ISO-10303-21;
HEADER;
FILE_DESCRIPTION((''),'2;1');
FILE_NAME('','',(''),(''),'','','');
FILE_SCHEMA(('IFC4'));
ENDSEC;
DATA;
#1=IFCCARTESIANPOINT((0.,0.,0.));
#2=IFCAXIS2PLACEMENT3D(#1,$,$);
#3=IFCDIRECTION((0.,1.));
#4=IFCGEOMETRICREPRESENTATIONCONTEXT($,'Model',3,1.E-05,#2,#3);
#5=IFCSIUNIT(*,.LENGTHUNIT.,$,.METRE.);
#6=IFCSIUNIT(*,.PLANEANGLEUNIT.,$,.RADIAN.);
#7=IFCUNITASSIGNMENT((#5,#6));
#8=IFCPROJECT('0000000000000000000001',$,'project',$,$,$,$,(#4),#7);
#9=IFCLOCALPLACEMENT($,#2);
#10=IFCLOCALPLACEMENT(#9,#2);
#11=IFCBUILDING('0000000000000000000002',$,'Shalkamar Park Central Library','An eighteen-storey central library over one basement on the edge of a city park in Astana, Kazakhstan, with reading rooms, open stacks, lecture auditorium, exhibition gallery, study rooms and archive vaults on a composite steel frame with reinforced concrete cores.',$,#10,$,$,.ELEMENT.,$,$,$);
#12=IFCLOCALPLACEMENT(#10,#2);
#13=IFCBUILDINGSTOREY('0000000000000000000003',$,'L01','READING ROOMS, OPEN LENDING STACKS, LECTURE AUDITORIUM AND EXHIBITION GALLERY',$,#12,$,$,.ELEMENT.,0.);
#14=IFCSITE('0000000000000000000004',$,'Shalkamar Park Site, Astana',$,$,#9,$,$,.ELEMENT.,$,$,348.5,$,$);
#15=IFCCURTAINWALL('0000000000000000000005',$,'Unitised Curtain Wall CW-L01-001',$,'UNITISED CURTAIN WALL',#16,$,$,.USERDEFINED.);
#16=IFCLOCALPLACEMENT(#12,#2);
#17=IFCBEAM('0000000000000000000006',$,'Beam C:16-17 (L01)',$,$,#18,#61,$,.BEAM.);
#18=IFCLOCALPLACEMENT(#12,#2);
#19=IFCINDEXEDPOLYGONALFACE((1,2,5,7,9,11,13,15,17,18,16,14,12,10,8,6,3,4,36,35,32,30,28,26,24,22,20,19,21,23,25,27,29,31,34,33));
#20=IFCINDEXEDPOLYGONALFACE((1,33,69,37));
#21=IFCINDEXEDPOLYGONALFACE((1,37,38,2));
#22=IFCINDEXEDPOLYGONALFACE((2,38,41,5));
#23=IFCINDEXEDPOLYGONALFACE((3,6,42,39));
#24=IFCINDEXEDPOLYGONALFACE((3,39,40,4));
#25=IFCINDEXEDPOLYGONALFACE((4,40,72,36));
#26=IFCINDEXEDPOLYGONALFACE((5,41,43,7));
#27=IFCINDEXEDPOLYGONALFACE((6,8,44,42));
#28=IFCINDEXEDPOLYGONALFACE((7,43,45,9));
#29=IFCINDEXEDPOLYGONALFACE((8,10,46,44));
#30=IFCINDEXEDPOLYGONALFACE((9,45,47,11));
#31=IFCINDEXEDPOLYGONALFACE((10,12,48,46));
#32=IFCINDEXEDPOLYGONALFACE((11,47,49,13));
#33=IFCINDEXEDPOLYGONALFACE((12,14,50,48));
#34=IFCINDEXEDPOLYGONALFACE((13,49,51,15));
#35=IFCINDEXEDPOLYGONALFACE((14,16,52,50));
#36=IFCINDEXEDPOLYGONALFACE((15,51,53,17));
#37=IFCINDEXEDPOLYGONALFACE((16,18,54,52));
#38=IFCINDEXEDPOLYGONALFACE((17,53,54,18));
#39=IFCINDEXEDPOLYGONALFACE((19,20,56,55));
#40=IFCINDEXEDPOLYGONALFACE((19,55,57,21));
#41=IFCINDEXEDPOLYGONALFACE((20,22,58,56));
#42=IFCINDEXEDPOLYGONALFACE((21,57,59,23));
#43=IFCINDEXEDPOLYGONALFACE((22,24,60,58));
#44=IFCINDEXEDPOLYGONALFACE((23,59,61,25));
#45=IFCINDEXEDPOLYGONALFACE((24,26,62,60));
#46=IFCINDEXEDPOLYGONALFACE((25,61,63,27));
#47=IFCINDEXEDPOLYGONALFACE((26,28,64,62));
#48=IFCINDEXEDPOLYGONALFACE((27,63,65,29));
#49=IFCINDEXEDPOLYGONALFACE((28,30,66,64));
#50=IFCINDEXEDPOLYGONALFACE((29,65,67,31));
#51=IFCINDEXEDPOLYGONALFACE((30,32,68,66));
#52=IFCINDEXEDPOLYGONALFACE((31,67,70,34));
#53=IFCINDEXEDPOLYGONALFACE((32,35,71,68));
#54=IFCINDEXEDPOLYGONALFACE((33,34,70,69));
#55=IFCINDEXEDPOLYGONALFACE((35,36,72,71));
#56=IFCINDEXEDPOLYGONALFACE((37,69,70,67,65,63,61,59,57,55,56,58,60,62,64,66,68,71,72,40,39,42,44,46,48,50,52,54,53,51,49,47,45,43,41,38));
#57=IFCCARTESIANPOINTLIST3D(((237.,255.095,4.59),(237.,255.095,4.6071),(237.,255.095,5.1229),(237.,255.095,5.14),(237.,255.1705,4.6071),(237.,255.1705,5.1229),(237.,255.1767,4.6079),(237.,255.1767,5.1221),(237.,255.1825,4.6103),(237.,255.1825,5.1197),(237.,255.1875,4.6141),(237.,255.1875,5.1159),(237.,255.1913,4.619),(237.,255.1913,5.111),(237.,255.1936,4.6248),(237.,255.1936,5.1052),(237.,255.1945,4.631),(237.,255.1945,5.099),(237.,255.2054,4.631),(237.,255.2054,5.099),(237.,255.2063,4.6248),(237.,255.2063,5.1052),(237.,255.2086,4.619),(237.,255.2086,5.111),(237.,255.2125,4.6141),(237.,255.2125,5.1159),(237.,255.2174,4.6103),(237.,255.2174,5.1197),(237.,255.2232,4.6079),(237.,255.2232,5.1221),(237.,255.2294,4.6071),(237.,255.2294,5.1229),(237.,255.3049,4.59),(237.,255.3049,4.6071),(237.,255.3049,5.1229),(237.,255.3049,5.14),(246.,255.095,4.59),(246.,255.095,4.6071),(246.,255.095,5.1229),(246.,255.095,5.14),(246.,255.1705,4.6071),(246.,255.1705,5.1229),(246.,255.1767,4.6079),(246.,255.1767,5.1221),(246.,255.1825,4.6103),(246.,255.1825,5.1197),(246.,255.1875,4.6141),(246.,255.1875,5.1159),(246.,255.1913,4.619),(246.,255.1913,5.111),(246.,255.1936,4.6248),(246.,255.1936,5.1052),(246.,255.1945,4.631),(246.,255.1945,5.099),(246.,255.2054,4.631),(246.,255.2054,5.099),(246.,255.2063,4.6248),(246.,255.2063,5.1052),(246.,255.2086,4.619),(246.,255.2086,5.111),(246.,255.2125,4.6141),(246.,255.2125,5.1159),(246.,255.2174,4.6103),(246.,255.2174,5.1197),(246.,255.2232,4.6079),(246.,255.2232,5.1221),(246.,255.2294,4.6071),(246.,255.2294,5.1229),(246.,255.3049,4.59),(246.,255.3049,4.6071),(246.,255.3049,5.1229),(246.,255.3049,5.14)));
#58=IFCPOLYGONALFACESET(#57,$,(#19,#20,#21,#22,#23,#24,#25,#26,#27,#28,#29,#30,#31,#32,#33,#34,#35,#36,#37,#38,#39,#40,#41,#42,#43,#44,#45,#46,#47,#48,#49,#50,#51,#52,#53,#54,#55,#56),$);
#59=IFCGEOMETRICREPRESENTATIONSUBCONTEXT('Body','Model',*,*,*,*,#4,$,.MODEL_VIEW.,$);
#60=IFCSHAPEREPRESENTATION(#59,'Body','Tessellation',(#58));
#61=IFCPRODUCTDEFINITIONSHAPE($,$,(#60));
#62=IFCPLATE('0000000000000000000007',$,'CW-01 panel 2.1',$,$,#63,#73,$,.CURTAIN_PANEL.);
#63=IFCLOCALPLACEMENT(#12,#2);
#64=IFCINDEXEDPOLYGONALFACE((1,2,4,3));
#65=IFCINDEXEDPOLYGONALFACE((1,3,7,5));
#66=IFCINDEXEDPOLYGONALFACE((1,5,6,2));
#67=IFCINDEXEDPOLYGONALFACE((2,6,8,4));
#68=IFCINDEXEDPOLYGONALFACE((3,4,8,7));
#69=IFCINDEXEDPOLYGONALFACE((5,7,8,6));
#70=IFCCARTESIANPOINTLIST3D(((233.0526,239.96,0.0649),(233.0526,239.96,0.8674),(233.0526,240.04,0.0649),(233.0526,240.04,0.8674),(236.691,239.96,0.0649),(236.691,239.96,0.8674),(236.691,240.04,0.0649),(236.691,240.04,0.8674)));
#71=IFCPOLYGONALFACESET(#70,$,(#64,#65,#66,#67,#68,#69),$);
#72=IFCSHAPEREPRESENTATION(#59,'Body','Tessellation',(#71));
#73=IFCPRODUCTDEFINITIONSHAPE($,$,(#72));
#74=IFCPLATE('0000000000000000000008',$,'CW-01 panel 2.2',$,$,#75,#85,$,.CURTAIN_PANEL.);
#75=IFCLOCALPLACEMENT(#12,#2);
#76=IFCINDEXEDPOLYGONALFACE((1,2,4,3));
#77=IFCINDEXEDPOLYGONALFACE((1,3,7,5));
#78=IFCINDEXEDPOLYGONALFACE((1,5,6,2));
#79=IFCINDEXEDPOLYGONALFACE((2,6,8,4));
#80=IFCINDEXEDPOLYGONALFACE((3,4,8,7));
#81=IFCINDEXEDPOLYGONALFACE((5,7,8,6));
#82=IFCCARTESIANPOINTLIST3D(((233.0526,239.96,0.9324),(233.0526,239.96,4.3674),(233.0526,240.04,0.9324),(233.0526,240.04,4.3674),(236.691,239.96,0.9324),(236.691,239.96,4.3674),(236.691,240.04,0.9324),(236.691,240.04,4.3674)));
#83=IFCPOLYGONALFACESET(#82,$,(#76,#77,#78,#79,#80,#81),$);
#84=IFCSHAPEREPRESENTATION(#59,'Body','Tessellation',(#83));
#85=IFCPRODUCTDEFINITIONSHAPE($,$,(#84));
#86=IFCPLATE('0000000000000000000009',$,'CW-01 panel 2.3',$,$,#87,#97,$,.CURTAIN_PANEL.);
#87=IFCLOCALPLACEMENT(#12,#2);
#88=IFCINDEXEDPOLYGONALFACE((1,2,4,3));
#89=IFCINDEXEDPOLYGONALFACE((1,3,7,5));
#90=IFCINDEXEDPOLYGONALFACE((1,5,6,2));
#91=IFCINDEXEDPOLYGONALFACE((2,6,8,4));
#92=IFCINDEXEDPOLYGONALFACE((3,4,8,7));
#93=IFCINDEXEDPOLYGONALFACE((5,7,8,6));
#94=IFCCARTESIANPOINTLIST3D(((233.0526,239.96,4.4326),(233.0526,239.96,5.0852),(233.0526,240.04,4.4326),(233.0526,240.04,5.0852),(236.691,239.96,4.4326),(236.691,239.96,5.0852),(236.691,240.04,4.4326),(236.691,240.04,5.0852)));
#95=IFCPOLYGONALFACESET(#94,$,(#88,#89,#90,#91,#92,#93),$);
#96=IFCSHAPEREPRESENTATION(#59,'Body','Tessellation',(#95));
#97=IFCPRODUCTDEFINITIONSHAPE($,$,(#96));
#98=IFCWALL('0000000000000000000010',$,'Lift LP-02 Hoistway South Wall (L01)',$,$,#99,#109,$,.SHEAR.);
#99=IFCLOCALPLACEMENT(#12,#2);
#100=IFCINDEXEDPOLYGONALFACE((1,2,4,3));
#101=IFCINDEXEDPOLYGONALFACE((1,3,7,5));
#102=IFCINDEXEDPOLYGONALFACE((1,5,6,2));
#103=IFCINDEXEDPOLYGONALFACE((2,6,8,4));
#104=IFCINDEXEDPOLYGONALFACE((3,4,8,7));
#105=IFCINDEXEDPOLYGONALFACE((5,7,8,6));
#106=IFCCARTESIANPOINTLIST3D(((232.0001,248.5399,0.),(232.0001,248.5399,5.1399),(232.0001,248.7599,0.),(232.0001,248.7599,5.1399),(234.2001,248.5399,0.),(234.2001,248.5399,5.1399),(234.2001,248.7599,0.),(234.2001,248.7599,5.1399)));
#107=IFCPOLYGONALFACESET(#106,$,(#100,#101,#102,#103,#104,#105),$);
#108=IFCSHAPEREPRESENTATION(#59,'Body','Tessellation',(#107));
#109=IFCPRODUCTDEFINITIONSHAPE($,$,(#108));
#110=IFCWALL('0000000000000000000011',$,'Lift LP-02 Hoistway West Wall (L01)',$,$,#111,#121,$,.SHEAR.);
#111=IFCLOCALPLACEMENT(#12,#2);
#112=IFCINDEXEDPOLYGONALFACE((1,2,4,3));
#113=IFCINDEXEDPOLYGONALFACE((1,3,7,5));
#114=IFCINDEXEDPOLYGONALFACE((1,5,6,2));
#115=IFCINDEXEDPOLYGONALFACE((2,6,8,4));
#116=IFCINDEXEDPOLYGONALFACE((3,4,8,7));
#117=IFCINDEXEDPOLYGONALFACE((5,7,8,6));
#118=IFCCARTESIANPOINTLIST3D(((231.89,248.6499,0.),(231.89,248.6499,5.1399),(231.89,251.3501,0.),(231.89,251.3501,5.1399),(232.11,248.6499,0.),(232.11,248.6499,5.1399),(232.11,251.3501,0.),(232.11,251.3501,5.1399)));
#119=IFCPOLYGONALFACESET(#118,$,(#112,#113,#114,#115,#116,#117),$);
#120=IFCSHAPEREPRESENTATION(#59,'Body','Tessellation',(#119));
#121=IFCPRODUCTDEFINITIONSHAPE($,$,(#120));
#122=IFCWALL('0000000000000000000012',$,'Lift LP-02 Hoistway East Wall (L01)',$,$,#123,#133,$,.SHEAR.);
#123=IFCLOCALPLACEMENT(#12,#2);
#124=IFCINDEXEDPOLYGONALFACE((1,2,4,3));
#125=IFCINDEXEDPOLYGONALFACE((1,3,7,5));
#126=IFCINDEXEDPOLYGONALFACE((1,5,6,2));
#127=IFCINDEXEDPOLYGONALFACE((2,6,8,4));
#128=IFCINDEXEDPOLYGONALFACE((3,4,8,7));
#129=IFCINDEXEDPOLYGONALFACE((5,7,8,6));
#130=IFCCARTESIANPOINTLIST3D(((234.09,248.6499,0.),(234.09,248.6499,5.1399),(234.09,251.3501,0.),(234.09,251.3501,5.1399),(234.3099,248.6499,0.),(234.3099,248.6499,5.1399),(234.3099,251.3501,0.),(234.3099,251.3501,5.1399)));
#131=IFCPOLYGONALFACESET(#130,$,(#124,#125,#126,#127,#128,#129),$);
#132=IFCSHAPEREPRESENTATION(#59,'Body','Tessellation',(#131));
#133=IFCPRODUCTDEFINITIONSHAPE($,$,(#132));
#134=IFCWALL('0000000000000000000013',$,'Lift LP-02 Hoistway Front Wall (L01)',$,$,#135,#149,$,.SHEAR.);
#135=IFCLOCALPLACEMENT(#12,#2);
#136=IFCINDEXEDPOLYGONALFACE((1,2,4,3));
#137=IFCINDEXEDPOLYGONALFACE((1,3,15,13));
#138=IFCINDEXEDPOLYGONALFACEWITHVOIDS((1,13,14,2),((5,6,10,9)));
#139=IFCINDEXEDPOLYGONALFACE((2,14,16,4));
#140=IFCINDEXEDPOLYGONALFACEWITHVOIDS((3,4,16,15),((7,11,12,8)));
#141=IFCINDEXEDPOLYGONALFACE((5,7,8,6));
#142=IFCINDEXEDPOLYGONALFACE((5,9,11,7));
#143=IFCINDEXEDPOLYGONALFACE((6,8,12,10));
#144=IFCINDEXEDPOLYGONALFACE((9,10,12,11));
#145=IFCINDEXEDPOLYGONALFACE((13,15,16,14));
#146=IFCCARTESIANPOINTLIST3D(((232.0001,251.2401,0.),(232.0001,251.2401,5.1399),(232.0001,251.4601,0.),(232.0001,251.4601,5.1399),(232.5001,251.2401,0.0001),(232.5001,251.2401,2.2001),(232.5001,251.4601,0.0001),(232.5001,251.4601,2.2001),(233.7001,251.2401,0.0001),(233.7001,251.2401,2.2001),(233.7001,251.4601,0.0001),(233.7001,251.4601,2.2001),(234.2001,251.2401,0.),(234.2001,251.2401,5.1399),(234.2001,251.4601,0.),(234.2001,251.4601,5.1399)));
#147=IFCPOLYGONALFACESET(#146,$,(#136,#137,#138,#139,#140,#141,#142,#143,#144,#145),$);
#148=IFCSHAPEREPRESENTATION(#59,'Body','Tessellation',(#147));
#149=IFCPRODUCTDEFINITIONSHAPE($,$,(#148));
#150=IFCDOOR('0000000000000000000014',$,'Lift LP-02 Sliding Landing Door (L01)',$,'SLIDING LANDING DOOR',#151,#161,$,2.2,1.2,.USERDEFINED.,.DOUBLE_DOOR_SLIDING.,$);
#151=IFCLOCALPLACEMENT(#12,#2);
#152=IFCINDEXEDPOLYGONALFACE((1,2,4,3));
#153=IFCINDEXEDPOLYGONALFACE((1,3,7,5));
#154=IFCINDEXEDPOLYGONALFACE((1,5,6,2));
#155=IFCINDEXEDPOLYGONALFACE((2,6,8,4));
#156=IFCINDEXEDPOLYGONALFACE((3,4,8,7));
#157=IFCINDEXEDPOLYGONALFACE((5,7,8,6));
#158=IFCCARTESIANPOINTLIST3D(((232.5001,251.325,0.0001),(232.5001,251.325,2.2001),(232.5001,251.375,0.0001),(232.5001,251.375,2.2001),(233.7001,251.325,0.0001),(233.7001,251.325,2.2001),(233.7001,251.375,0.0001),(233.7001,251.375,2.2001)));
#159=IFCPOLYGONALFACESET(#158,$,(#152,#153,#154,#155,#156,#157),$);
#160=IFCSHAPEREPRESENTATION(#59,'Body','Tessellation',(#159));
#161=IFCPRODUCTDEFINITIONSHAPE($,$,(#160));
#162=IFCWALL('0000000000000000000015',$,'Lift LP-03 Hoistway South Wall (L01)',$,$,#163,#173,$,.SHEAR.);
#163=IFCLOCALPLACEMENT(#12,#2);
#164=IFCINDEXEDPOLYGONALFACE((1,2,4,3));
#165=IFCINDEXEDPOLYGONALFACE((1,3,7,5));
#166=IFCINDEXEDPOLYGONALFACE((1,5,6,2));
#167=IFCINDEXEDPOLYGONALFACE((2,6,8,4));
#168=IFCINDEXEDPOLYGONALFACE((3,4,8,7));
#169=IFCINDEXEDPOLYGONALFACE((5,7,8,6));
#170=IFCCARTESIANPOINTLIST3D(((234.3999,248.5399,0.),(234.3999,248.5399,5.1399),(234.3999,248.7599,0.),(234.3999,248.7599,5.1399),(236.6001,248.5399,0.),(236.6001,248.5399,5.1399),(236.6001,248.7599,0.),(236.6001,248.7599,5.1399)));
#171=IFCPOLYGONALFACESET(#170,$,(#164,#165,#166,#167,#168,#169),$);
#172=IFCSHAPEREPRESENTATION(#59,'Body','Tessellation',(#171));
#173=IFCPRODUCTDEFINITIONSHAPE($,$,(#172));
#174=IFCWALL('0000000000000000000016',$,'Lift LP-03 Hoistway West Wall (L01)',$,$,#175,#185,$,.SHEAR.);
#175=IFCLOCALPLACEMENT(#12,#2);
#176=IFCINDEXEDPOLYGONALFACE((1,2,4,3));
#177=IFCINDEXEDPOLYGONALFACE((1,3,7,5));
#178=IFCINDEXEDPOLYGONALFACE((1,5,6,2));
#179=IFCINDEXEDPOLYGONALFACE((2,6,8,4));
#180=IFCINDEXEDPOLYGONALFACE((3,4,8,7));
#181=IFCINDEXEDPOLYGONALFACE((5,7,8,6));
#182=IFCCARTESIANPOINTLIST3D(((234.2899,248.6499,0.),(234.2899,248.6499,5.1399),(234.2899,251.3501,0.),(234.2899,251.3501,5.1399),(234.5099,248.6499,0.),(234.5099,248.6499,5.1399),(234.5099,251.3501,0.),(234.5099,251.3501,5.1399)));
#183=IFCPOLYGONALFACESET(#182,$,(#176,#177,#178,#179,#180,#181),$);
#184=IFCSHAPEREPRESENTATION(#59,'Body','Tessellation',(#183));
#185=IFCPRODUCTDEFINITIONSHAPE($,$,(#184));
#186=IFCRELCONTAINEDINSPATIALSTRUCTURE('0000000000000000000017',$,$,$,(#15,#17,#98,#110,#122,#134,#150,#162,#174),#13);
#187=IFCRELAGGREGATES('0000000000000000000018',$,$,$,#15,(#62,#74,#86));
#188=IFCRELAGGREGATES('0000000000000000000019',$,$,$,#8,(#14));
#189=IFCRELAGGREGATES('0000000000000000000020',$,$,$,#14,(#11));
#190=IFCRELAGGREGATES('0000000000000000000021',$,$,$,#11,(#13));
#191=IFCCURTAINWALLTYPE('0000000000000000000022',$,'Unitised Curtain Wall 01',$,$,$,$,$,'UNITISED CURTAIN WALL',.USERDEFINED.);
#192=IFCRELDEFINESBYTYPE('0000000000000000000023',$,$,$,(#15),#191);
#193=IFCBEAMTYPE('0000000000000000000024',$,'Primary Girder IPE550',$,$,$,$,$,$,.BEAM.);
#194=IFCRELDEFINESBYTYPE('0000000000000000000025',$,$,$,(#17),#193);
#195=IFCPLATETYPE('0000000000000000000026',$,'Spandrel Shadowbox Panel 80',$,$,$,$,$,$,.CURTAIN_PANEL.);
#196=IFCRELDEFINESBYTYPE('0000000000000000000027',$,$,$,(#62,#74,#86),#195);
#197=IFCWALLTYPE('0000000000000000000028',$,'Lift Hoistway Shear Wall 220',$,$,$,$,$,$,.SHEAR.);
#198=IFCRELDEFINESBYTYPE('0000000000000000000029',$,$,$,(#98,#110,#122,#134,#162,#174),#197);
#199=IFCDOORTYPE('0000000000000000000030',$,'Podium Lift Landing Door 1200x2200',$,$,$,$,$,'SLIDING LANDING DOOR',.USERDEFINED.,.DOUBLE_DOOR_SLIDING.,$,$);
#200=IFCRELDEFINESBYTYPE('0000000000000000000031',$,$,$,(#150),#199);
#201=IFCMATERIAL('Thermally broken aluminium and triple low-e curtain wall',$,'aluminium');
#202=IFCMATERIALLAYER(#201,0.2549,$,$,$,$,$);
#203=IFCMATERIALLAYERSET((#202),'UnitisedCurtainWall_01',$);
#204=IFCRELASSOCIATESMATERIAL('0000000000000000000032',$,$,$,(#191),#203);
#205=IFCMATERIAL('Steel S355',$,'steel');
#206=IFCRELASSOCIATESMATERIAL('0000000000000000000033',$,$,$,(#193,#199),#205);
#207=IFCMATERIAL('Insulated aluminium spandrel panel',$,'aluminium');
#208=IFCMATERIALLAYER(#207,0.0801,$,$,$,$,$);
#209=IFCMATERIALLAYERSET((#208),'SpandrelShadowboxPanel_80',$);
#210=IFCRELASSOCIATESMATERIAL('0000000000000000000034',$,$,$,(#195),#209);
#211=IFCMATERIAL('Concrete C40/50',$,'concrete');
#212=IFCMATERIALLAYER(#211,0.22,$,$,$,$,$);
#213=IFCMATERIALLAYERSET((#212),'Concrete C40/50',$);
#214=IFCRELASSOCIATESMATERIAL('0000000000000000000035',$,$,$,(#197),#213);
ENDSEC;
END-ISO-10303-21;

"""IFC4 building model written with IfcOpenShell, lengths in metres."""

from ifc_helpers import new_model, si_unit, direction, frame, frame_2d, origin, origin_2d, place, context, subcontext, project, spatial, rectangle, i_section, extrude, material, layer, layer_set, material_profile, profile_set, type_object, element, fill, aggregate, save


model = new_model("IFC4")

# Units and contexts
model_context = context("Model", 3, precision=1e-05, world=origin(), true_north=direction((0.0, 1.0)))
body_context = subcontext(model_context, "Body", "Model", "MODEL_VIEW")
ifc_project = project(units=[si_unit("LENGTHUNIT", "METRE"), si_unit("PLANEANGLEUNIT", "RADIAN")], contexts=[model_context])

# Site, building, storey
site_placement = place(None, origin())
site = spatial("IfcSite", under=ifc_project, at=site_placement, Name="Shalkamar Park Site, Astana", CompositionType="ELEMENT", RefElevation=348.5)
building_placement = place(site_placement, origin())
building = spatial("IfcBuilding", under=site, at=building_placement, Name="Shalkamar Park Central Library", Description="An eighteen-storey central library over one basement on the edge of a city park in Astana, Kazakhstan, with reading rooms, open stacks, lecture auditorium, exhibition gallery, study rooms and archive vaults on a composite steel frame with reinforced concrete cores.", CompositionType="ELEMENT")
storey_placement = place(building_placement, origin())
storey = spatial("IfcBuildingStorey", under=building, at=storey_placement, Name="L01", Description="READING ROOMS, OPEN LENDING STACKS, LECTURE AUDITORIUM AND EXHIBITION GALLERY", CompositionType="ELEMENT", Elevation=0.0)

# Shared definitions
ifc_material_1 = material(Name="Steel S355", Category="steel")

# Curtain wall
ifc_material_2 = material(Name="Thermally broken aluminium and triple low-e curtain wall", Category="aluminium")
ifc_layer_1 = layer(ifc_material_2, 0.2549)
ifc_layer_set_1 = layer_set([ifc_layer_1], Name="UnitisedCurtainWall_01")
curtain_wall_type_1 = type_object("IfcCurtainWallType", Name="Unitised Curtain Wall 01", ElementType="UNITISED CURTAIN WALL", PredefinedType="USERDEFINED", material=ifc_layer_set_1)
curtain_wall_1_placement = place(storey_placement, origin())
curtain_wall_1 = element("IfcCurtainWall", 1, at=curtain_wall_1_placement, inside=storey, type_object=curtain_wall_type_1, Name="Unitised Curtain Wall CW-L01-001", ObjectType="UNITISED CURTAIN WALL", PredefinedType="USERDEFINED")

# Beam
ifc_material_profile_1 = material_profile(ifc_material_1, i_section(OverallWidth=0.21, OverallDepth=0.55, WebThickness=0.011, FlangeThickness=0.0171, FilletRadius=0.0239, at=origin_2d()), Name="IPE 550")
ifc_profile_set_1 = profile_set([ifc_material_profile_1], Name="Steel S355")
beam_type_1 = type_object("IfcBeamType", Name="Primary Girder IPE550", PredefinedType="BEAM", material=ifc_profile_set_1)
for number, where, z_axis, x_axis, name in (
    (2, (237.0, 255.2, 4.865), (1.0, 0.0, 0.0), (0.0, 1.0, 0.0), "Beam C:16-17 (L01)"),
):
    element("IfcBeam", number, at=place(storey_placement, frame(where, z_axis=z_axis, x_axis=x_axis)), inside=storey, type_object=beam_type_1, Name=name, PredefinedType="BEAM", context=body_context, shape_type="SweptSolid", body=[
        extrude(i_section(OverallWidth=0.21, OverallDepth=0.55, WebThickness=0.011, FlangeThickness=0.0171, FilletRadius=0.0239, at=origin_2d()), origin(), (0.0, 0.0, 1.0), 9.0),
    ])

# Plates
ifc_material_3 = material(Name="Insulated aluminium spandrel panel", Category="aluminium")
ifc_layer_2 = layer(ifc_material_3, 0.0801)
ifc_layer_set_2 = layer_set([ifc_layer_2], Name="SpandrelShadowboxPanel_80")
plate_type = type_object("IfcPlateType", Name="Spandrel Shadowbox Panel 80", PredefinedType="CURTAIN_PANEL", material=ifc_layer_set_2)
plate_1_placement = place(storey_placement, frame((234.8718, 240.0, 0.0649), z_axis=(0.0, 0.0, 1.0), x_axis=(1.0, 0.0, 0.0)))
plate_1 = element("IfcPlate", 3, at=plate_1_placement, type_object=plate_type, Name="CW-01 panel 2.1", PredefinedType="CURTAIN_PANEL", context=body_context, shape_type="SweptSolid", body=[
    extrude(rectangle(XDim=3.6384, YDim=0.0801, at=origin_2d()), origin(), (0.0, 0.0, 1.0), 0.8025),
])
plate_2_placement = place(storey_placement, frame((234.8718, 240.0, 0.9324), z_axis=(0.0, 0.0, 1.0), x_axis=(1.0, 0.0, 0.0)))
plate_2 = element("IfcPlate", 4, at=plate_2_placement, type_object=plate_type, Name="CW-01 panel 2.2", PredefinedType="CURTAIN_PANEL", context=body_context, shape_type="SweptSolid", body=[
    extrude(rectangle(XDim=3.6384, YDim=0.0801, at=origin_2d()), origin(), (0.0, 0.0, 1.0), 3.4351),
])
plate_3_placement = place(storey_placement, frame((234.8718, 240.0, 4.4326), z_axis=(0.0, 0.0, 1.0), x_axis=(1.0, 0.0, 0.0)))
plate_3 = element("IfcPlate", 5, at=plate_3_placement, type_object=plate_type, Name="CW-01 panel 2.3", PredefinedType="CURTAIN_PANEL", context=body_context, shape_type="SweptSolid", body=[
    extrude(rectangle(XDim=3.6384, YDim=0.0801, at=origin_2d()), origin(), (0.0, 0.0, 1.0), 0.6526),
])
aggregate(curtain_wall_1, [plate_1, plate_2, plate_3])

# Walls
ifc_material_4 = material(Name="Concrete C40/50", Category="concrete")
ifc_layer_3 = layer(ifc_material_4, 0.22)
ifc_layer_set_3 = layer_set([ifc_layer_3], Name="Concrete C40/50")
wall_type_1 = type_object("IfcWallType", Name="Lift Hoistway Shear Wall 220", PredefinedType="SHEAR", material=ifc_layer_set_3)
wall_1_placement = place(storey_placement, frame((232.0, 248.6499, 0.0), z_axis=(0.0, 0.0, 1.0), x_axis=(1.0, 0.0, 0.0)))
element("IfcWall", 6, at=wall_1_placement, inside=storey, type_object=wall_type_1, Name="Lift LP-02 Hoistway South Wall (L01)", PredefinedType="SHEAR", context=body_context, shape_type="SweptSolid", body=[
    extrude(rectangle(XDim=2.2, YDim=0.22, at=frame_2d((1.1001, 0.0))), origin(), (0.0, 0.0, 1.0), 5.1399),
])
for number, where, z_axis, x_axis, name in (
    (7, (232.0, 248.6499, 0.0), (0.0, 0.0, 1.0), (0.0, 1.0, 0.0), "Lift LP-02 Hoistway West Wall (L01)"),
    (8, (234.2, 248.6499, 0.0), (0.0, 0.0, 1.0), (0.0, 1.0, 0.0), "Lift LP-02 Hoistway East Wall (L01)"),
):
    element("IfcWall", number, at=place(storey_placement, frame(where, z_axis=z_axis, x_axis=x_axis)), inside=storey, type_object=wall_type_1, Name=name, PredefinedType="SHEAR", context=body_context, shape_type="SweptSolid", body=[
        extrude(rectangle(XDim=2.7002, YDim=0.22, at=frame_2d((1.3501, 0.0))), origin(), (0.0, 0.0, 1.0), 5.1399),
    ])

# Wall, opening, door
wall_2_placement = place(storey_placement, frame((232.0, 251.3501, 0.0), z_axis=(0.0, 0.0, 1.0), x_axis=(1.0, 0.0, 0.0)))
wall_2 = element("IfcWall", 9, at=wall_2_placement, inside=storey, type_object=wall_type_1, Name="Lift LP-02 Hoistway Front Wall (L01)", PredefinedType="SHEAR", context=body_context, shape_type="SweptSolid", body=[
    extrude(rectangle(XDim=2.2, YDim=0.22, at=frame_2d((1.1001, 0.0))), origin(), (0.0, 0.0, 1.0), 5.1399),
])
opening_1_placement = place(wall_2_placement, frame((0.5, 0.0, 0.0)))
opening_1 = element("IfcOpeningElement", 10, at=opening_1_placement, cuts=wall_2, PredefinedType="OPENING", context=body_context, shape_type="SweptSolid", body=[
    extrude(rectangle(XDim=1.2, YDim=2.2, at=frame_2d((0.6001, 1.1001))), frame((0.0, 0.125, 0.0), z_axis=(0.0, -1.0, 0.0), x_axis=(1.0, 0.0, 0.0)), (0.0, 0.0, 1.0), 0.2498),
])
door_type = type_object("IfcDoorType", Name="Podium Lift Landing Door 1200x2200", ElementType="SLIDING LANDING DOOR", OperationType="DOUBLE_DOOR_SLIDING", PredefinedType="USERDEFINED", material=ifc_material_1)
door_1_placement = place(opening_1_placement, origin())
door_1 = element("IfcDoor", 11, at=door_1_placement, inside=storey, type_object=door_type, Name="Lift LP-02 Sliding Landing Door (L01)", ObjectType="SLIDING LANDING DOOR", OperationType="DOUBLE_DOOR_SLIDING", OverallHeight=2.2, OverallWidth=1.2, PredefinedType="USERDEFINED", context=body_context, shape_type="SweptSolid", body=[
    extrude(rectangle(XDim=1.2, YDim=2.2, at=frame_2d((0.6001, 1.1001))), frame((0.0, 0.0249, 0.0), z_axis=(0.0, -1.0, 0.0), x_axis=(1.0, 0.0, 0.0)), (0.0, 0.0, 1.0), 0.05),
])
fill(opening_1, door_1)

# Walls
wall_3_placement = place(storey_placement, frame((234.3999, 248.6499, 0.0), z_axis=(0.0, 0.0, 1.0), x_axis=(1.0, 0.0, 0.0)))
element("IfcWall", 12, at=wall_3_placement, inside=storey, type_object=wall_type_1, Name="Lift LP-03 Hoistway South Wall (L01)", PredefinedType="SHEAR", context=body_context, shape_type="SweptSolid", body=[
    extrude(rectangle(XDim=2.2002, YDim=0.22, at=frame_2d((1.1001, 0.0))), origin(), (0.0, 0.0, 1.0), 5.1399),
])
for number, where, z_axis, x_axis, name in (
    (13, (234.3999, 248.6499, 0.0), (0.0, 0.0, 1.0), (0.0, 1.0, 0.0), "Lift LP-03 Hoistway West Wall (L01)"),
):
    element("IfcWall", number, at=place(storey_placement, frame(where, z_axis=z_axis, x_axis=x_axis)), inside=storey, type_object=wall_type_1, Name=name, PredefinedType="SHEAR", context=body_context, shape_type="SweptSolid", body=[
        extrude(rectangle(XDim=2.7002, YDim=0.22, at=frame_2d((1.3501, 0.0))), origin(), (0.0, 0.0, 1.0), 5.1399),
    ])

save(model, "model.ifc")
